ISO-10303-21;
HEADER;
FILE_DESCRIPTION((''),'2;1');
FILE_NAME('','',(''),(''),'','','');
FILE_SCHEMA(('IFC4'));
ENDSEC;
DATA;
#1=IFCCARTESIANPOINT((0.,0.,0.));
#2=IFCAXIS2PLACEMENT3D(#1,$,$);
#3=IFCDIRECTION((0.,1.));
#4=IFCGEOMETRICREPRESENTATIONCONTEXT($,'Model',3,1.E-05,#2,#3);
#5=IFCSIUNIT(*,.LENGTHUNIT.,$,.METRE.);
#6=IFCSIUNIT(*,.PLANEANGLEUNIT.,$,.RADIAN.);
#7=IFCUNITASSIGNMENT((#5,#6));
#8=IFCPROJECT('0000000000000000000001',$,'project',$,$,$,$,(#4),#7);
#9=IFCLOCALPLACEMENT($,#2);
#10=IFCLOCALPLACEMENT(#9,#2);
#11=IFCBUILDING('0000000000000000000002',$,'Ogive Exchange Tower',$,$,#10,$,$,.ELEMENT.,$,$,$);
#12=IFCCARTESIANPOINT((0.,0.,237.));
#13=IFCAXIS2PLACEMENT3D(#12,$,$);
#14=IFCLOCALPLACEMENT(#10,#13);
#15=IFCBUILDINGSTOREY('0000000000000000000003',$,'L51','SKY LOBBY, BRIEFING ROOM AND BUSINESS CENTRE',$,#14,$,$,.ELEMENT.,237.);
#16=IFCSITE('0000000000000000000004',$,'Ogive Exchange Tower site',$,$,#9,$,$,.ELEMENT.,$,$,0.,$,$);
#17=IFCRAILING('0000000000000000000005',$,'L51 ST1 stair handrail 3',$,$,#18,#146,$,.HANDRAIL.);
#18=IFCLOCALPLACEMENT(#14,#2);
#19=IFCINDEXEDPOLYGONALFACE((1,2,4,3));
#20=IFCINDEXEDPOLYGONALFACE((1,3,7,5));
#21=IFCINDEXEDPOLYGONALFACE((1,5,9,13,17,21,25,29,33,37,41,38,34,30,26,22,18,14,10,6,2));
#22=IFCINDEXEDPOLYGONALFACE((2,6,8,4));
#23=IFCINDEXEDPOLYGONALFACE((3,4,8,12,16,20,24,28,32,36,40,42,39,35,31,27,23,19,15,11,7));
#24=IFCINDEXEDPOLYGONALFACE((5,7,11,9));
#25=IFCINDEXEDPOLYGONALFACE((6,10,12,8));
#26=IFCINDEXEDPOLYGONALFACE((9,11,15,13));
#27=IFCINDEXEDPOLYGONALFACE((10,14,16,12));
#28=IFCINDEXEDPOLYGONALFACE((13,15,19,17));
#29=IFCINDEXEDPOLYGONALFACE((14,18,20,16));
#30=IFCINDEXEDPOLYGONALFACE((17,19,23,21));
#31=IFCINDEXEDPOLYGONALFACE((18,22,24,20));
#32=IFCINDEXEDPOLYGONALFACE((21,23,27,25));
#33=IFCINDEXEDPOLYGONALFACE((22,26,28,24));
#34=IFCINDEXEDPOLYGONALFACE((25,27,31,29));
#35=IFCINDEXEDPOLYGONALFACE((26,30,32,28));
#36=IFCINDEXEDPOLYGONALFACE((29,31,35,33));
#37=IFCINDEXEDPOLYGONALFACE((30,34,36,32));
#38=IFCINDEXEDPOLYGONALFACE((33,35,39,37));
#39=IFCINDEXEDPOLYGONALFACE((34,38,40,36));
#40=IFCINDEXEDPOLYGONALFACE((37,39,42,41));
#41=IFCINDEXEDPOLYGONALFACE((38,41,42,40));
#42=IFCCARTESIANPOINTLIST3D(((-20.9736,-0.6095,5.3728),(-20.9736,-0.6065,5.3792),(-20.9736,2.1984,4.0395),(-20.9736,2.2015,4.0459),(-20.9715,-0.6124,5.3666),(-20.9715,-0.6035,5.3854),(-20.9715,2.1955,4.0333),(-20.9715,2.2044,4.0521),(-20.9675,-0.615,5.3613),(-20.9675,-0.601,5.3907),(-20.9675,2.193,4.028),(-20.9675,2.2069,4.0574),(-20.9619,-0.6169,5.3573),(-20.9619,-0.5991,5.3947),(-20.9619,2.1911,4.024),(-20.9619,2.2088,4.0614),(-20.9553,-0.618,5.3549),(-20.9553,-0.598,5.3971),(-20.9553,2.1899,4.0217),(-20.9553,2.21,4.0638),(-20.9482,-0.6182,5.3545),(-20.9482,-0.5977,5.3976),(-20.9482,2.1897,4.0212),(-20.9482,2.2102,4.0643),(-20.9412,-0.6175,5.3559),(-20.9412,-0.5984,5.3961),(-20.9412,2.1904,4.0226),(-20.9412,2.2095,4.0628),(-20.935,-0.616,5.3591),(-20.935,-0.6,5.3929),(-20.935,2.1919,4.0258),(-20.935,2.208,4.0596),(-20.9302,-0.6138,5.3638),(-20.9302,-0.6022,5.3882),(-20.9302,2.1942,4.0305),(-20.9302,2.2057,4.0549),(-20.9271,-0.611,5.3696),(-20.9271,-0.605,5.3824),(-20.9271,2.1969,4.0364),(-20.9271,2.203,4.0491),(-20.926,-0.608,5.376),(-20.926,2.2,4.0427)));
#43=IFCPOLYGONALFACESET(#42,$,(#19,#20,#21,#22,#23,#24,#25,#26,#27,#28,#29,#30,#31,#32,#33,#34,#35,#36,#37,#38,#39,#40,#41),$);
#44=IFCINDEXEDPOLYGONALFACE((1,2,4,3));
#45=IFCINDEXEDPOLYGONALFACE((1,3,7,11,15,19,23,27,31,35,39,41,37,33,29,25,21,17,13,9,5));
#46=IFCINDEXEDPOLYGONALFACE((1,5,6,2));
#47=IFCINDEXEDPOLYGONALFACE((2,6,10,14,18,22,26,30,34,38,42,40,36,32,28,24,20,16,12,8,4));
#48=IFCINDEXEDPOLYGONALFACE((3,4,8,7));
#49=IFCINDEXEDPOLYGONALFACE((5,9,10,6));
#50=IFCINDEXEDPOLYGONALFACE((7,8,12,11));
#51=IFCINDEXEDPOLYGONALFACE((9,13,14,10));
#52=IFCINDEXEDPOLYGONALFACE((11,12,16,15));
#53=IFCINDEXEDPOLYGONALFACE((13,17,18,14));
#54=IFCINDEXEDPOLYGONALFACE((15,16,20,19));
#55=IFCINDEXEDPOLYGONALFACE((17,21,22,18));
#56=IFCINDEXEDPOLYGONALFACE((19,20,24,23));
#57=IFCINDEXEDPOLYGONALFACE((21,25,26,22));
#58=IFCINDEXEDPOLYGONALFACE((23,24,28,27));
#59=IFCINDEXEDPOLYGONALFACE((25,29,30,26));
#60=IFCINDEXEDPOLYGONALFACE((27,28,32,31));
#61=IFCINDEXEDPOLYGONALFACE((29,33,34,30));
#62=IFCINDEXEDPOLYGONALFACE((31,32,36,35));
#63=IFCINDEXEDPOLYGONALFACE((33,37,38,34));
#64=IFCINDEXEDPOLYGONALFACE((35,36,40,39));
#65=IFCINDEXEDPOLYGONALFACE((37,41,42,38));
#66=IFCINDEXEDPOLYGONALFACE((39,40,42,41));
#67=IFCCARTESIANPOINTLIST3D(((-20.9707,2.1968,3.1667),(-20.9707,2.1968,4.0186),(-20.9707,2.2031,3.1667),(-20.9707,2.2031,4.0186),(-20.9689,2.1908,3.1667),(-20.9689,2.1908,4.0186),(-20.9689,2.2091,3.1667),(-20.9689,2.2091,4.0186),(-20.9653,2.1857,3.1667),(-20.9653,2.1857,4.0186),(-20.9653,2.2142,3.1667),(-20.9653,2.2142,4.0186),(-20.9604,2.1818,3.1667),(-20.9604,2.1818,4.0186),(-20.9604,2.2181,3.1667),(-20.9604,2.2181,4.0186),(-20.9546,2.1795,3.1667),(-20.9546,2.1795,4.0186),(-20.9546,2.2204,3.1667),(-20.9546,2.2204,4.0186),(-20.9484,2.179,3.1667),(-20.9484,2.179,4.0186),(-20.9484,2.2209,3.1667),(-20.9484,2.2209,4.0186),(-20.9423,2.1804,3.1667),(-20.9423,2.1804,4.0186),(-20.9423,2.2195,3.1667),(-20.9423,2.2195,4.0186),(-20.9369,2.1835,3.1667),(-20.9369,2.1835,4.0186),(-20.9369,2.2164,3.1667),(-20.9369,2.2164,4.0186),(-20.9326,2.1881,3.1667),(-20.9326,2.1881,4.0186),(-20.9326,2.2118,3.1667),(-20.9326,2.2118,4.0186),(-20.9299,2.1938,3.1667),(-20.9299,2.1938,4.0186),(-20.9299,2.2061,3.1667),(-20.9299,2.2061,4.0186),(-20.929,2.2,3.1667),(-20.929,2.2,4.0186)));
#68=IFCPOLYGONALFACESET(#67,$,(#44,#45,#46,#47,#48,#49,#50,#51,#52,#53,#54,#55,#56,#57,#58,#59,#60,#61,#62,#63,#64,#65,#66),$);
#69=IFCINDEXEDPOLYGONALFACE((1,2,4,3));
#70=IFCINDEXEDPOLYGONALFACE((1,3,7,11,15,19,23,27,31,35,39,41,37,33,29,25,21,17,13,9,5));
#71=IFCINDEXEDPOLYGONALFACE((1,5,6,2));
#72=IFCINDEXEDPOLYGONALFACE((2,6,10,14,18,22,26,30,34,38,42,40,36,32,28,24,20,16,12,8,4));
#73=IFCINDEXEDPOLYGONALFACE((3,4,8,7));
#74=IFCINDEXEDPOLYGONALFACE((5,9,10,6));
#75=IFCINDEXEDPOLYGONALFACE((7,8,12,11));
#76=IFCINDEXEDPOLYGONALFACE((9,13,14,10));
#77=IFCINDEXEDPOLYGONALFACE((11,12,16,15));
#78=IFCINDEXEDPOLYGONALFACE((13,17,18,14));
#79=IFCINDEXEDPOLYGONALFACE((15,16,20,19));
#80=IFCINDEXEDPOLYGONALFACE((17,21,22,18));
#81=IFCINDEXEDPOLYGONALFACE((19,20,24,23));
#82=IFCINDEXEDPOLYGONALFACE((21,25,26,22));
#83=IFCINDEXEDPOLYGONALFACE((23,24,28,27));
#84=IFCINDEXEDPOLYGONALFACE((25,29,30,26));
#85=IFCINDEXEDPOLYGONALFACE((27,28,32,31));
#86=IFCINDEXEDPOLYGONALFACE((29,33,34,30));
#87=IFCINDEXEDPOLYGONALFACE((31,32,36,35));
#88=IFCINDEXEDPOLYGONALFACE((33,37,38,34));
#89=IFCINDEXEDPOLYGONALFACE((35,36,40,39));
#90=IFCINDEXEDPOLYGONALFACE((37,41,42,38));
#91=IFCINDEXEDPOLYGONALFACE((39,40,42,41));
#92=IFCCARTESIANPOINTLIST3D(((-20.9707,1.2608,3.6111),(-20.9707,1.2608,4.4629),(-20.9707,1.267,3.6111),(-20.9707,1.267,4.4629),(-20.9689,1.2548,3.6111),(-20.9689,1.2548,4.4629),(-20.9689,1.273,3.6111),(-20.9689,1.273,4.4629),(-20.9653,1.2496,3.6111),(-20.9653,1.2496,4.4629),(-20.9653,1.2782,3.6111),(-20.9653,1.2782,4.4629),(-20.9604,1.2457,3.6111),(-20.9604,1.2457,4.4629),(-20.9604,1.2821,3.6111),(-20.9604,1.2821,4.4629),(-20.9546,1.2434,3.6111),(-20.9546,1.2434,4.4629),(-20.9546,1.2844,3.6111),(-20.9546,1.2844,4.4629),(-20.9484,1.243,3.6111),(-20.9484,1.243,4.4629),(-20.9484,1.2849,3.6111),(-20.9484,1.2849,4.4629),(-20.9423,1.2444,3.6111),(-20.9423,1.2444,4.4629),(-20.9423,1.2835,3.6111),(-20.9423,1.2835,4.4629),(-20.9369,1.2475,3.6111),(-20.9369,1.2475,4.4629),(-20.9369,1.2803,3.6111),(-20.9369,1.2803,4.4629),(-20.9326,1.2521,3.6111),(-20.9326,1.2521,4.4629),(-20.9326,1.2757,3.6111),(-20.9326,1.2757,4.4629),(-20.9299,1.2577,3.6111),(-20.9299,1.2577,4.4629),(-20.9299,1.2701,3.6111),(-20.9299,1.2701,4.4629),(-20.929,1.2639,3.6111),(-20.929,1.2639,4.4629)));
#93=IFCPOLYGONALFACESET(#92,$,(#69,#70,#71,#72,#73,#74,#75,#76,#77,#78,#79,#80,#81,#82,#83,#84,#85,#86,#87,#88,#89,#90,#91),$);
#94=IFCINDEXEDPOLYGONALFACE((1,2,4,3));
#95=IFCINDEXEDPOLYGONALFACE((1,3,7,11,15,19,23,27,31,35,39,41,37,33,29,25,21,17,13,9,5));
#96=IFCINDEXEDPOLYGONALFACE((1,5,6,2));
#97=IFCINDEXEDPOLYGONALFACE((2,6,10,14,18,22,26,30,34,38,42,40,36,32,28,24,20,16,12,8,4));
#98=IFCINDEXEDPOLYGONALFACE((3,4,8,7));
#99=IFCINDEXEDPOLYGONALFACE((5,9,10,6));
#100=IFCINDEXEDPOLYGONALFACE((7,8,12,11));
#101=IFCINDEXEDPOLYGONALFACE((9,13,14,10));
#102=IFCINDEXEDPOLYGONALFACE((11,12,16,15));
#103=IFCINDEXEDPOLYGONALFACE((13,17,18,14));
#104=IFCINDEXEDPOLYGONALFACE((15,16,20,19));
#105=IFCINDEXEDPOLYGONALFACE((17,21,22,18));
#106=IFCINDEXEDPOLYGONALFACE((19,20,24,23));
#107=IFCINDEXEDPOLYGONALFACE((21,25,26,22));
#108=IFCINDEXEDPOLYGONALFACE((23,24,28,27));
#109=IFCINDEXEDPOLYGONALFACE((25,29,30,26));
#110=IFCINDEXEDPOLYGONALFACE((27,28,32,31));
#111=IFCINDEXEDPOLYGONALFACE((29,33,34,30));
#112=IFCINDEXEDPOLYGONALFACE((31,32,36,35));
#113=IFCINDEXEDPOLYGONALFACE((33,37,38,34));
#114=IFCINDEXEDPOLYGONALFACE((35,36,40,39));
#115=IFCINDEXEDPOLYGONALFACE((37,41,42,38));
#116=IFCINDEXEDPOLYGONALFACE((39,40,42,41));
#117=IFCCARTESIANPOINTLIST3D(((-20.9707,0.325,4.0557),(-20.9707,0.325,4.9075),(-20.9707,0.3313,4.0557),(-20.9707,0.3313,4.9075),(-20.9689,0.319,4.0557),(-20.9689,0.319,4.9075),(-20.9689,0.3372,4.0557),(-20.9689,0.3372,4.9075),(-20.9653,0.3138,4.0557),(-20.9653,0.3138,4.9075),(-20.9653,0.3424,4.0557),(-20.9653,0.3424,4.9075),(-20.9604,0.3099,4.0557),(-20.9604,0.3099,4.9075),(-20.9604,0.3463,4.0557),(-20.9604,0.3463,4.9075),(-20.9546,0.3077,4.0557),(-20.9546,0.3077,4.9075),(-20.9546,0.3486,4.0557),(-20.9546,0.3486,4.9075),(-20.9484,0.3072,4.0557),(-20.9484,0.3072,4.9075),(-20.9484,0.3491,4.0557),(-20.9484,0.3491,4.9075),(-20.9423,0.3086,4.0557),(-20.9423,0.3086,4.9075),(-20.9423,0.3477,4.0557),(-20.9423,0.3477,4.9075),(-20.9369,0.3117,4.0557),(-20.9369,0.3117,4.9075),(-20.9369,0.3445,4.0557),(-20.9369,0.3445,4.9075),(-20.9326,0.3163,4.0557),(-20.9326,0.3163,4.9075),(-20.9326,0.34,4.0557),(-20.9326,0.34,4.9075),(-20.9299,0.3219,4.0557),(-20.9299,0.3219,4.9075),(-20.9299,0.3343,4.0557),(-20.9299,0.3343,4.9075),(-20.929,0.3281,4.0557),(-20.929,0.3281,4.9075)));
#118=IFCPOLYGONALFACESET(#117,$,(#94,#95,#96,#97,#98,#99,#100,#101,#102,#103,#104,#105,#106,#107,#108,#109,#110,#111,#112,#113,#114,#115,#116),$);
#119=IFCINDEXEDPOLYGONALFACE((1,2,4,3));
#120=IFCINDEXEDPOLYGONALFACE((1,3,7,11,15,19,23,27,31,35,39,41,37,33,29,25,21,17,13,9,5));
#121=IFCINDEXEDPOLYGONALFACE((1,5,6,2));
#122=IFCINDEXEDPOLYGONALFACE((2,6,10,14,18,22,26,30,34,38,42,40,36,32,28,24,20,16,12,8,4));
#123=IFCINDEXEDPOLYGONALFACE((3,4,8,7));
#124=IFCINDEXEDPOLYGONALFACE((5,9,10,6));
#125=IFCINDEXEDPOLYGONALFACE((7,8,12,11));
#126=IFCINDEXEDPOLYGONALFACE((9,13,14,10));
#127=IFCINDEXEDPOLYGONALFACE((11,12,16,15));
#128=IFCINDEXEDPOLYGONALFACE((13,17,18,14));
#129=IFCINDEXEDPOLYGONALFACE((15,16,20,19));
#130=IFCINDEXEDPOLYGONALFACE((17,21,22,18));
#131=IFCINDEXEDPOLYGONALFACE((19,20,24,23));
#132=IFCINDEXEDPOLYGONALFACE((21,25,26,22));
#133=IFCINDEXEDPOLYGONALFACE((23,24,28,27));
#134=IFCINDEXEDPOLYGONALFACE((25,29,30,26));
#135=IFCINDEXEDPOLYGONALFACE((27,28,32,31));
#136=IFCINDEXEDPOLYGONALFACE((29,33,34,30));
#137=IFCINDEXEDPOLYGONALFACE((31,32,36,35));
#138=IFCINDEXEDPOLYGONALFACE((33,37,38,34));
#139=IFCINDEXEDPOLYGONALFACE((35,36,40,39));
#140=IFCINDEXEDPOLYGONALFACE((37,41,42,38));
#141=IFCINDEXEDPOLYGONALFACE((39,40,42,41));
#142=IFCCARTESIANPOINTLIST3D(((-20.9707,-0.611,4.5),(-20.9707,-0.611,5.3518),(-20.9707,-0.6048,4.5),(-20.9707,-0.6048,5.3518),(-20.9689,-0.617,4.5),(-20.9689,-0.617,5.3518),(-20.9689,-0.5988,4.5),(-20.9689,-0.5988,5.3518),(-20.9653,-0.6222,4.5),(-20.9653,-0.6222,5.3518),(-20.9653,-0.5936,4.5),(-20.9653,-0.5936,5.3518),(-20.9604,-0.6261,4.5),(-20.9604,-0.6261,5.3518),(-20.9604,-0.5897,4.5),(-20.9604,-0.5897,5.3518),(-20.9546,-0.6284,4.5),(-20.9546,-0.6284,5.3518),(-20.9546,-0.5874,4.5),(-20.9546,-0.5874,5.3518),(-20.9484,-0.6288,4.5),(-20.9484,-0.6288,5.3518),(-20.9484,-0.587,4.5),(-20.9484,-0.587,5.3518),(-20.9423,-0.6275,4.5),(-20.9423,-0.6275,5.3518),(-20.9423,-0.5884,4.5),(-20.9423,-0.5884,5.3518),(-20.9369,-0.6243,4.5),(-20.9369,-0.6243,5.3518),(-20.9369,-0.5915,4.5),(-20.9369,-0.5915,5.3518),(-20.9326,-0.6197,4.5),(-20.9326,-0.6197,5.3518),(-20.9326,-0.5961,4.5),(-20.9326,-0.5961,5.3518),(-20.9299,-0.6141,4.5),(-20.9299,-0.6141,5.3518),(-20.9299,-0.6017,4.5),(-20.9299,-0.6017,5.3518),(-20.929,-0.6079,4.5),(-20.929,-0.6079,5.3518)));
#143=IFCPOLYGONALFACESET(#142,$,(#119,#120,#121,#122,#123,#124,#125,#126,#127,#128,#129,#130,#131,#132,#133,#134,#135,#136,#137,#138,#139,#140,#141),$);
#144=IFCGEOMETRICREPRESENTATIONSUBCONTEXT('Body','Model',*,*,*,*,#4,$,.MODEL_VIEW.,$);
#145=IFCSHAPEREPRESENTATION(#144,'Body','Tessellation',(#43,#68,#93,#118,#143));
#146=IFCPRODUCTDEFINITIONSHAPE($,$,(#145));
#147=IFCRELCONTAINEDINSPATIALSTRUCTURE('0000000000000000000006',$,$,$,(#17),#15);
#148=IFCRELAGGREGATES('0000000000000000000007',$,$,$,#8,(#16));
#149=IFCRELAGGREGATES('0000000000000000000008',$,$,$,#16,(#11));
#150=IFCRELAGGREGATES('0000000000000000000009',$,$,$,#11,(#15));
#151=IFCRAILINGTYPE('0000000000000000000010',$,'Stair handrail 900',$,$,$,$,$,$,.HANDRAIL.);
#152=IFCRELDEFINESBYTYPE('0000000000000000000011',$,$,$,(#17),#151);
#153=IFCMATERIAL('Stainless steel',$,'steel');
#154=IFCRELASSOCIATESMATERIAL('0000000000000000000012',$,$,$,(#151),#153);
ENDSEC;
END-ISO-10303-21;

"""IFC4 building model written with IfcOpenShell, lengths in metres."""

from ifc_helpers import new_model, si_unit, direction, frame, origin, origin_2d, place, context, subcontext, project, spatial, circle, extrude, material, type_object, element, save


model = new_model("IFC4")

# Units and contexts
model_context = context("Model", 3, precision=1e-05, world=origin(), true_north=direction((0.0, 1.0)))
body_context = subcontext(model_context, "Body", "Model", "MODEL_VIEW")
ifc_project = project(units=[si_unit("LENGTHUNIT", "METRE"), si_unit("PLANEANGLEUNIT", "RADIAN")], contexts=[model_context])

# Site, building, storey
site_placement = place(None, origin())
site = spatial("IfcSite", under=ifc_project, at=site_placement, Name="Ogive Exchange Tower site", CompositionType="ELEMENT", RefElevation=0.0)
building_placement = place(site_placement, origin())
building = spatial("IfcBuilding", under=site, at=building_placement, Name="Ogive Exchange Tower", CompositionType="ELEMENT")
storey_placement = place(building_placement, frame((0.0, 0.0, 237.0)))
storey = spatial("IfcBuildingStorey", under=building, at=storey_placement, Name="L51", Description="SKY LOBBY, BRIEFING ROOM AND BUSINESS CENTRE", CompositionType="ELEMENT", Elevation=237.0)

# Shared definitions
ifc_material_1 = material(Name="Stainless steel", Category="steel")

# Railing
railing_type = type_object("IfcRailingType", Name="Stair handrail 900", PredefinedType="HANDRAIL", material=ifc_material_1)
railing_placement = place(storey_placement, frame((-20.95, 2.2, 3.1667)))
element("IfcRailing", 1, at=railing_placement, inside=storey, type_object=railing_type, Name="L51 ST1 stair handrail 3", PredefinedType="HANDRAIL", context=body_context, shape_type="SweptSolid", body=[
    extrude(circle(Radius=0.0239, at=origin_2d()), frame((0.0, 0.0, 0.876), z_axis=(0.0, -0.903338, 0.42893), x_axis=(1.0, 0.0, 0.0)), (0.0, 0.0, 1.0), 3.1084),
    extrude(circle(Radius=0.021, at=origin_2d()), origin(), (0.0, 0.0, 1.0), 0.8518),
    extrude(circle(Radius=0.021, at=origin_2d()), frame((0.0, -0.936, 0.4443)), (0.0, 0.0, 1.0), 0.8518),
    extrude(circle(Radius=0.021, at=origin_2d()), frame((0.0, -1.8718, 0.8889)), (0.0, 0.0, 1.0), 0.8518),
    extrude(circle(Radius=0.021, at=origin_2d()), frame((0.0, -2.8079, 1.3333)), (0.0, 0.0, 1.0), 0.8518),
])

save(model, "model.ifc")
